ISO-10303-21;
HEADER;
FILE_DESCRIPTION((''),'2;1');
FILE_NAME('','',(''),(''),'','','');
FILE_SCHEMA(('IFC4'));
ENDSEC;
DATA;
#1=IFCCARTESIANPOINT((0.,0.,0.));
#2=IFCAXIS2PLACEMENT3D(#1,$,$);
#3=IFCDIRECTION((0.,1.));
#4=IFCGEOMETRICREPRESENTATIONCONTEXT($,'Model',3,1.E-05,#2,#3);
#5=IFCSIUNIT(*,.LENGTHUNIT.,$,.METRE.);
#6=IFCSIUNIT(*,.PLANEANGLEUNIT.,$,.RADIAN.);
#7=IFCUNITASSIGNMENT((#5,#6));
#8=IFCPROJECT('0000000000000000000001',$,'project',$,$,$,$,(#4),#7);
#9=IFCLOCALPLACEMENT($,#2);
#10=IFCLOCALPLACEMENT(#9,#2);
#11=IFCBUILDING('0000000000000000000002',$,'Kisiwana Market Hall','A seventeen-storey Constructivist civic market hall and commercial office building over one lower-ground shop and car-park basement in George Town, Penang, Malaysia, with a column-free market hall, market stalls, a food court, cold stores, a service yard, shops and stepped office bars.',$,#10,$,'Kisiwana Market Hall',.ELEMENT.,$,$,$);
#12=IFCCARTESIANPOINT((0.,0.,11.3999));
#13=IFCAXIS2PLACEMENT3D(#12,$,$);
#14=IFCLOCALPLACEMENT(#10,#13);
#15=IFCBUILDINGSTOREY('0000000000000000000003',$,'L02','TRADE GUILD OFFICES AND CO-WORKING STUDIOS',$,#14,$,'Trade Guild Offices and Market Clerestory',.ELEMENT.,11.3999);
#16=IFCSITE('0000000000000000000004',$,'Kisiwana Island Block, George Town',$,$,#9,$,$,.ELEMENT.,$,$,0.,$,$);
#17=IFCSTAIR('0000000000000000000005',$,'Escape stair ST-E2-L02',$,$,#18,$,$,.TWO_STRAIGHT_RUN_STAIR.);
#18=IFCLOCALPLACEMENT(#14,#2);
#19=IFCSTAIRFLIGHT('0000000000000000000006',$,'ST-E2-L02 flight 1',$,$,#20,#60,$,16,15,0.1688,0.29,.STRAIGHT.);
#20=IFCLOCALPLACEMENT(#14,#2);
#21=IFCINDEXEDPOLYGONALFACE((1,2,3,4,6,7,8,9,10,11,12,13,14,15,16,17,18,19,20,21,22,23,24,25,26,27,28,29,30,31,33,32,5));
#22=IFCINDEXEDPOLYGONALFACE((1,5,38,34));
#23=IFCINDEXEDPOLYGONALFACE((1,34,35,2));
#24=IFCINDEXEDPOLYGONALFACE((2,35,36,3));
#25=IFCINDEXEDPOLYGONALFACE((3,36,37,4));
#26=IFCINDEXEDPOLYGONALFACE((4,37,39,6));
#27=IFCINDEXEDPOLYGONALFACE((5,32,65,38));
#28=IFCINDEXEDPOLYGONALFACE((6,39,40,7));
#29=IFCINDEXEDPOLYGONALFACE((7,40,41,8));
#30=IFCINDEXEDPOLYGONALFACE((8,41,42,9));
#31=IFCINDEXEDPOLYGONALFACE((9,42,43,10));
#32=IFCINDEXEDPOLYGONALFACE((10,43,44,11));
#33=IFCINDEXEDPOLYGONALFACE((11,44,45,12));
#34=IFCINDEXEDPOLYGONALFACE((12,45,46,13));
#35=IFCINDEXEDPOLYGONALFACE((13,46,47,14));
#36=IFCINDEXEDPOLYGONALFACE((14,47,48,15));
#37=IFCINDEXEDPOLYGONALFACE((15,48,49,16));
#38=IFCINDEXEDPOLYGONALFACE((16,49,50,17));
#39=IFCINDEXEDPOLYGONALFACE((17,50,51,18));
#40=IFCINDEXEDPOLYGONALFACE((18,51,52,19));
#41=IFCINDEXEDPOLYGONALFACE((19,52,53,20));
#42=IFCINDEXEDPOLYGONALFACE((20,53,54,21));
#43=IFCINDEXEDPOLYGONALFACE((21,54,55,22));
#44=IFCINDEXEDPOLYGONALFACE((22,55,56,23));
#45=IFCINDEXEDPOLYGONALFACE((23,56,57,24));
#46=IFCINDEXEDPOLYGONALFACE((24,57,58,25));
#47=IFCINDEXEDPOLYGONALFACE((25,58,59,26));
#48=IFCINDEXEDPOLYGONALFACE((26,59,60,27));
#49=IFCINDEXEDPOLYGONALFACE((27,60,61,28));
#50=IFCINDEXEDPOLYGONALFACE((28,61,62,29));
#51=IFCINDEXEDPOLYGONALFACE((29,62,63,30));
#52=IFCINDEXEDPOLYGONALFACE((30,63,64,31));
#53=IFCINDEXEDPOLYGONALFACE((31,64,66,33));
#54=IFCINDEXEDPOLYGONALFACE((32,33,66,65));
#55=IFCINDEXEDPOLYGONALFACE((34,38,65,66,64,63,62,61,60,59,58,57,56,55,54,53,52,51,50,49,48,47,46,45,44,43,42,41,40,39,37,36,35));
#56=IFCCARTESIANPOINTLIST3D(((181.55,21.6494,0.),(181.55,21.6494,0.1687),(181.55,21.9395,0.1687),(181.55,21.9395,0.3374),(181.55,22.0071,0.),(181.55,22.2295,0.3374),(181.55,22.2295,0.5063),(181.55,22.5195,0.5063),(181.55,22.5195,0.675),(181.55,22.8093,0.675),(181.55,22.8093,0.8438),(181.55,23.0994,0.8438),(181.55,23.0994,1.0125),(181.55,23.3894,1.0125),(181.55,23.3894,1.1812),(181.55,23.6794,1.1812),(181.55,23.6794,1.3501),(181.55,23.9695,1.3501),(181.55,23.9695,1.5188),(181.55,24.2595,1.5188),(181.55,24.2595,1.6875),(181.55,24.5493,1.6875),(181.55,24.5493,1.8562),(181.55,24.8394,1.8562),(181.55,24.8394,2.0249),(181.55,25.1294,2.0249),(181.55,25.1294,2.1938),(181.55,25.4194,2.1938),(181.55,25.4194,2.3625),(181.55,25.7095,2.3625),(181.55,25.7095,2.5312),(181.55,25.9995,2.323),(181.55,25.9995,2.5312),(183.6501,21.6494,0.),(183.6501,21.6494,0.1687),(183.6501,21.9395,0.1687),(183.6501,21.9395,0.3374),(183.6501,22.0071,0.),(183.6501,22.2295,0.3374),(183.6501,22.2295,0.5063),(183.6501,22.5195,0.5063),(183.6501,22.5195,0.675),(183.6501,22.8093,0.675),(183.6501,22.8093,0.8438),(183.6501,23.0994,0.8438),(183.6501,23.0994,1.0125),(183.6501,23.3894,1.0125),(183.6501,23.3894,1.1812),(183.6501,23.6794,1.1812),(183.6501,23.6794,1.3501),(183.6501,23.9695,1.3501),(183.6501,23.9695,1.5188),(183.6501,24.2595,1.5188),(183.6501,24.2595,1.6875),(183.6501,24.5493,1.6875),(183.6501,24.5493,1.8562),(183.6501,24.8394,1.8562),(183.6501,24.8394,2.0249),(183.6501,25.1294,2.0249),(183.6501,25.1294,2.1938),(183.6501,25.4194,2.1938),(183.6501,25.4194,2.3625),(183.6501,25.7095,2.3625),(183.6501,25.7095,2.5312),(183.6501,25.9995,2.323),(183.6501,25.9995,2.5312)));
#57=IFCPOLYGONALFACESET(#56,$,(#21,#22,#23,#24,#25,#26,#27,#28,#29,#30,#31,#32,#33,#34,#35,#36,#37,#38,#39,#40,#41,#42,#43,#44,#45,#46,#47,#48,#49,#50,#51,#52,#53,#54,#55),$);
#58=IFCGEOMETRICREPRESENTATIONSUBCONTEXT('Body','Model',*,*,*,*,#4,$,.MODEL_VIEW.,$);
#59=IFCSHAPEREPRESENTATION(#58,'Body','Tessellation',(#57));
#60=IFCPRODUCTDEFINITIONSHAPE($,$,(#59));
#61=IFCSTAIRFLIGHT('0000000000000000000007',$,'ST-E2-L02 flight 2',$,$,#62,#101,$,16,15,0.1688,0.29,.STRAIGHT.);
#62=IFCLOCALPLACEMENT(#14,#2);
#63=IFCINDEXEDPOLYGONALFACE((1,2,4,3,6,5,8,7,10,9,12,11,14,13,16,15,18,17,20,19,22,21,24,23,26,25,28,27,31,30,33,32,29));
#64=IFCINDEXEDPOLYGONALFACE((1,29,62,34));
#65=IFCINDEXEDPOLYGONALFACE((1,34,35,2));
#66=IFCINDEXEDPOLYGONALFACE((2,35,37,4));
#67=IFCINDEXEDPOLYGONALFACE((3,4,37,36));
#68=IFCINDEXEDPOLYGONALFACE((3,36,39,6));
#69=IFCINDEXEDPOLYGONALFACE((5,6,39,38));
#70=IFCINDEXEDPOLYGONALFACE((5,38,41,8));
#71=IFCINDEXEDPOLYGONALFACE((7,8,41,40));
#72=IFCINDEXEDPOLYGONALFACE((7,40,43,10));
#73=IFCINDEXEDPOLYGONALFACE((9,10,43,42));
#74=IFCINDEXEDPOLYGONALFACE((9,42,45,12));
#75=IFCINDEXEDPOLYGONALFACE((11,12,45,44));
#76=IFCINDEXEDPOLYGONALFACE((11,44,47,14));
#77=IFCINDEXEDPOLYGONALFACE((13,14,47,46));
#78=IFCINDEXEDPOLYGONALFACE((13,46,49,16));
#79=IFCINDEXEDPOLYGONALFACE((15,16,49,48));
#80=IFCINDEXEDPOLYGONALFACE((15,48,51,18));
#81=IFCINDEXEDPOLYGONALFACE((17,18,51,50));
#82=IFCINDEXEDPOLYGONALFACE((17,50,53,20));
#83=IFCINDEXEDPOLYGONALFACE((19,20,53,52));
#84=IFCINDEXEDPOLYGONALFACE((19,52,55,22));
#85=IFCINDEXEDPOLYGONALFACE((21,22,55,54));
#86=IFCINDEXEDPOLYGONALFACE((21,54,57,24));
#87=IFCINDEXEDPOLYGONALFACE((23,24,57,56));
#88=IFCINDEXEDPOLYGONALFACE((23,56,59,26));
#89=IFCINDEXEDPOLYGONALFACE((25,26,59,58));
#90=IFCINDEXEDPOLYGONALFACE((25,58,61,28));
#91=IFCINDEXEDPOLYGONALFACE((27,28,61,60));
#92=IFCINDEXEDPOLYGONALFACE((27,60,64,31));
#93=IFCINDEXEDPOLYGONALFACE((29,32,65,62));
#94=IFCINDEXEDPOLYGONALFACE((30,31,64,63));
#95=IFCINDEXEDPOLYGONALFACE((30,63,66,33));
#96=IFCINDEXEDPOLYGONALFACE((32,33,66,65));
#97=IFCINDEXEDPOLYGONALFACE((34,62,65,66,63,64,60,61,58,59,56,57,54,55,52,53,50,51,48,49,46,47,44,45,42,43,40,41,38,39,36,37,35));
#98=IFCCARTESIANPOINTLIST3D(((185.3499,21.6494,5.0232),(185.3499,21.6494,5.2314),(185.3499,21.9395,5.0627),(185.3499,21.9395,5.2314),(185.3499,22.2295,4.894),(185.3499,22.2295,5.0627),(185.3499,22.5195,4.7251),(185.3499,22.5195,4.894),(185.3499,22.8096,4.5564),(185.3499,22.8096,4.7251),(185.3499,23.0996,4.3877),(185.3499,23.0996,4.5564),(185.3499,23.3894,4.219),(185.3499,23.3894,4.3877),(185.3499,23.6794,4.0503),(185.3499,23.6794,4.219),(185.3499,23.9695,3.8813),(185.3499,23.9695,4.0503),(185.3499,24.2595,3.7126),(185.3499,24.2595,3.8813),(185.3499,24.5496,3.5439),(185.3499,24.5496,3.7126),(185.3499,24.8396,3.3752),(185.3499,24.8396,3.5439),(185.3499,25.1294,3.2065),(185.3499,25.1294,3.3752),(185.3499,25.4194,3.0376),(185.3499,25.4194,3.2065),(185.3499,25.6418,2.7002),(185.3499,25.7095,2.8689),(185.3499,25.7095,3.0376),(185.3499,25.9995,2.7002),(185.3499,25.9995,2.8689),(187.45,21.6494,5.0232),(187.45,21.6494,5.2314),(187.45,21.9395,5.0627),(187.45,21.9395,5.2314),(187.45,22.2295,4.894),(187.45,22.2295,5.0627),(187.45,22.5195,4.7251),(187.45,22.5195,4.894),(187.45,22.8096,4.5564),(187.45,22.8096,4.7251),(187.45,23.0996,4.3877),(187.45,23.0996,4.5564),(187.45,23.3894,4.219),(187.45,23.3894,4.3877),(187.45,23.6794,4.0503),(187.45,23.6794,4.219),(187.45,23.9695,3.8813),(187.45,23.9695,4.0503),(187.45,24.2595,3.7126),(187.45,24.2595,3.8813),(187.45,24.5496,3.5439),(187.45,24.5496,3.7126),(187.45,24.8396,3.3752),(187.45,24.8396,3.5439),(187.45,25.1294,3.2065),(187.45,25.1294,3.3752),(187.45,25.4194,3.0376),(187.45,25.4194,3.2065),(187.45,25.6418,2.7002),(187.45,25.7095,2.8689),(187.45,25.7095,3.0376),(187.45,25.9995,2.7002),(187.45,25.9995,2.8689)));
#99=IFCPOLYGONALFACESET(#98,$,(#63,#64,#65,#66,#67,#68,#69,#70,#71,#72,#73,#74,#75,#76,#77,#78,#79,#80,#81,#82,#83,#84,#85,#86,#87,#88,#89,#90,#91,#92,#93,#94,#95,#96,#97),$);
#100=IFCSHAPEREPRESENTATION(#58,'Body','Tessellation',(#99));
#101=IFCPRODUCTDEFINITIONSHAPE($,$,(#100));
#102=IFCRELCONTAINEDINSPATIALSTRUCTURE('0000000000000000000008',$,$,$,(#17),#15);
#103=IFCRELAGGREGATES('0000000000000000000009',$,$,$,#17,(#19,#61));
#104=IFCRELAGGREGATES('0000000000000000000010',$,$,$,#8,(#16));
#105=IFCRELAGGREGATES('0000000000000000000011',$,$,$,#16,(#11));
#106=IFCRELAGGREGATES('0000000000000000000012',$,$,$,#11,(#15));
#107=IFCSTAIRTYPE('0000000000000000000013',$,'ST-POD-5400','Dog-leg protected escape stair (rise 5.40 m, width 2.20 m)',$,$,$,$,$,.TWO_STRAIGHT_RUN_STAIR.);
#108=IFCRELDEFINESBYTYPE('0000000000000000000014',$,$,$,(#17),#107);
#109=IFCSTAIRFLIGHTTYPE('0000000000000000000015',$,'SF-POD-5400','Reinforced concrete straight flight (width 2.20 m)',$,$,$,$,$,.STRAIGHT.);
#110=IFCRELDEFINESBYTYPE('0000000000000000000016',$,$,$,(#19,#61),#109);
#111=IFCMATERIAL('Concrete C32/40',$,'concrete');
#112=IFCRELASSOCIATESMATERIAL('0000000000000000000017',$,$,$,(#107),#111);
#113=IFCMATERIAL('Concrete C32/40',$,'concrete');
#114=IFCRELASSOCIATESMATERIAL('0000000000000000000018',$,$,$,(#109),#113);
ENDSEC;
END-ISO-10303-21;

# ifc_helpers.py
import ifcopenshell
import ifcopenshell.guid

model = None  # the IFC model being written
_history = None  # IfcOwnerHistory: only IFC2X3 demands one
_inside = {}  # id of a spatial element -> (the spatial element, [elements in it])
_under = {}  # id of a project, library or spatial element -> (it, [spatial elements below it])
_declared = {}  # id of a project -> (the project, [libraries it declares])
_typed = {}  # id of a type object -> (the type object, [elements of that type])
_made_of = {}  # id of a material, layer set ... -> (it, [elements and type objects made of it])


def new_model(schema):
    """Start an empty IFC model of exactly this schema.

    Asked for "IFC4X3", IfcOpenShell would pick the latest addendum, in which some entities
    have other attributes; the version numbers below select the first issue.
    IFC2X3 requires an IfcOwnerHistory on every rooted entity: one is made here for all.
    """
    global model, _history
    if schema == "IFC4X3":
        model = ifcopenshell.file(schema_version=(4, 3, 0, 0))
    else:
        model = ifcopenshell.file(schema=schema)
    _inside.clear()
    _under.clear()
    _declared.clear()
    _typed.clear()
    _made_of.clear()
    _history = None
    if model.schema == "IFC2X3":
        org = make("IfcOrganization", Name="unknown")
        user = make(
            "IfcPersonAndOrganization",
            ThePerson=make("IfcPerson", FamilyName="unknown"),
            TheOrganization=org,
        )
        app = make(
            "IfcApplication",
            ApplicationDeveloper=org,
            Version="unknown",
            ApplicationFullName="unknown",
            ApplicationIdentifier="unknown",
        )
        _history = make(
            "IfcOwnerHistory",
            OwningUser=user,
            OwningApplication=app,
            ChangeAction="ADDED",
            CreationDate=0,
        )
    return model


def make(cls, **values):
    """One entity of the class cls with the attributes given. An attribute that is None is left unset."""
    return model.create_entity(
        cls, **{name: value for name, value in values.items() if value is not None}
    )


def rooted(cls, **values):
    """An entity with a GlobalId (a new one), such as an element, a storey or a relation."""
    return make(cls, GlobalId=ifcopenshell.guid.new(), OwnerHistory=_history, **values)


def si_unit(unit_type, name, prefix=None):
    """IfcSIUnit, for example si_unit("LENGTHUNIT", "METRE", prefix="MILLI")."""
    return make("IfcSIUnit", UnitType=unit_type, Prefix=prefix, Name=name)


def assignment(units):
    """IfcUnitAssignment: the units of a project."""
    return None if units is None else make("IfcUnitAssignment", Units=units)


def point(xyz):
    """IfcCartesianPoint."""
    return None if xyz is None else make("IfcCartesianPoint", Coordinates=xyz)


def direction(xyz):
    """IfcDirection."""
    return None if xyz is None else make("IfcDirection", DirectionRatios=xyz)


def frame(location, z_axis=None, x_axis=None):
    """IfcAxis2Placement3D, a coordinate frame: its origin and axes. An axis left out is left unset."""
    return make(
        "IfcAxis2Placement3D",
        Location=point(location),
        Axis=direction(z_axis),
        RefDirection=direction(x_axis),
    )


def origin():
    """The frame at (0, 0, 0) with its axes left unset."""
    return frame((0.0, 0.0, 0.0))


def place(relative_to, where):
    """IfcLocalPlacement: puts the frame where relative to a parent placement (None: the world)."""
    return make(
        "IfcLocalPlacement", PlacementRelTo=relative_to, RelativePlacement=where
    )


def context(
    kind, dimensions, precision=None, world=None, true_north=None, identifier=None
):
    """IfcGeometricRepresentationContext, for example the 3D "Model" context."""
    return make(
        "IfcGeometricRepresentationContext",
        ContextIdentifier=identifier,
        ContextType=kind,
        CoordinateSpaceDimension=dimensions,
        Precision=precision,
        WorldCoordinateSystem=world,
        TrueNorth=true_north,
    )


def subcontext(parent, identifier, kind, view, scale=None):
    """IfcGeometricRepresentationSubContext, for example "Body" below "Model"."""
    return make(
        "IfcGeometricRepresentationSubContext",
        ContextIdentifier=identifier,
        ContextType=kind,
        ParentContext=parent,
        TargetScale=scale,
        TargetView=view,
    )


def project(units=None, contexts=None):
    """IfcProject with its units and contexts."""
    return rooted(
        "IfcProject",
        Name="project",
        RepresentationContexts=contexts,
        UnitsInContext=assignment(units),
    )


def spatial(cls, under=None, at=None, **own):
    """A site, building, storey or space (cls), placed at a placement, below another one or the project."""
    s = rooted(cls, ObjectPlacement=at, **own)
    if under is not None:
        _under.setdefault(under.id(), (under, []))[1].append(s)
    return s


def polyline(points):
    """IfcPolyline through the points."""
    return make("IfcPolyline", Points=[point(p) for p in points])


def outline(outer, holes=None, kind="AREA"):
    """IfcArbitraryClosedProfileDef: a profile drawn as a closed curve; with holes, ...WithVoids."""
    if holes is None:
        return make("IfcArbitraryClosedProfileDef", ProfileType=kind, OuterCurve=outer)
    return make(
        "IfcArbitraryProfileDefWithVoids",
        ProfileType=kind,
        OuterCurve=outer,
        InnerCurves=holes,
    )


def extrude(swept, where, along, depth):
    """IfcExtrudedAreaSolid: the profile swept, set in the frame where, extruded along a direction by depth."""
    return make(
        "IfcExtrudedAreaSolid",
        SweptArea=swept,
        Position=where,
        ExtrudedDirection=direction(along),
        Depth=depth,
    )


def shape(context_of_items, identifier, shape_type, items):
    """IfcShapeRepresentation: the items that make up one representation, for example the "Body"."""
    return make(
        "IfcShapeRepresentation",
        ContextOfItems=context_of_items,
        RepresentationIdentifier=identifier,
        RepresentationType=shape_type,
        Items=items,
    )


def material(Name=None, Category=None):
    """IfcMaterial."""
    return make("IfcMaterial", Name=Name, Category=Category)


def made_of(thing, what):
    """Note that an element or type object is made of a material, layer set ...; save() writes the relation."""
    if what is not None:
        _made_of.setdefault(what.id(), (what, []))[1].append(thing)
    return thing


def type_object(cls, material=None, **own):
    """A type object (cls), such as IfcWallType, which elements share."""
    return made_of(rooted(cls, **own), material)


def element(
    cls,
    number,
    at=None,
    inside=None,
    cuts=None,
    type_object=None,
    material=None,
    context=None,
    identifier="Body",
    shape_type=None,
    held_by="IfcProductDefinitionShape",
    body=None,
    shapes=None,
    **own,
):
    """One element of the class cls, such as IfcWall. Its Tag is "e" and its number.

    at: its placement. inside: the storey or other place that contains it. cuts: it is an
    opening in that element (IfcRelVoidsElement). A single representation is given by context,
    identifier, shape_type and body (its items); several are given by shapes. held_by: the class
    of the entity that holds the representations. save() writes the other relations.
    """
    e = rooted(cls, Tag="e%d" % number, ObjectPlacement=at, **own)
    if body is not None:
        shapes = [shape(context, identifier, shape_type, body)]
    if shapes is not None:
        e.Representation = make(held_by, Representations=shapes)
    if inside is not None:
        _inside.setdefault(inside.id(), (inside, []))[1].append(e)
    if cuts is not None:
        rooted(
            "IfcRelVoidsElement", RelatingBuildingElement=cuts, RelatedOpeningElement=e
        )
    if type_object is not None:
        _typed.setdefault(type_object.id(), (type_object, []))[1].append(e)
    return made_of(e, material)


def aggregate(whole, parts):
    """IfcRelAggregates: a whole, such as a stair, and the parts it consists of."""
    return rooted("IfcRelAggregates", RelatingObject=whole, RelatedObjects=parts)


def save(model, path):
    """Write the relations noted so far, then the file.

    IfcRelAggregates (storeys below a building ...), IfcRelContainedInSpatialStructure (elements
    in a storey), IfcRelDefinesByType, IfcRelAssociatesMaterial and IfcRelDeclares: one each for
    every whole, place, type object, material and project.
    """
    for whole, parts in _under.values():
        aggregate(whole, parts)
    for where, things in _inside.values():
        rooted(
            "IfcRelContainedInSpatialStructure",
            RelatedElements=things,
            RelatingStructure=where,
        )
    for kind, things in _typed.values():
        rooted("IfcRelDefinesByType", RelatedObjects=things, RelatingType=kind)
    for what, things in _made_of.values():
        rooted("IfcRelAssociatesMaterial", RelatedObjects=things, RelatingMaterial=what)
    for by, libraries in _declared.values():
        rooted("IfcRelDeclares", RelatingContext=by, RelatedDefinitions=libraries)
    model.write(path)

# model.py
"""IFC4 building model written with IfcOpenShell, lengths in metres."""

from ifc_helpers import new_model, si_unit, direction, frame, origin, place, context, subcontext, project, spatial, polyline, outline, extrude, material, type_object, element, aggregate, save


model = new_model("IFC4")

# Units and contexts
model_context = context("Model", 3, precision=1e-05, world=origin(), true_north=direction((0.0, 1.0)))
body_context = subcontext(model_context, "Body", "Model", "MODEL_VIEW")
ifc_project = project(units=[si_unit("LENGTHUNIT", "METRE"), si_unit("PLANEANGLEUNIT", "RADIAN")], contexts=[model_context])

# Site, building, storey
site_placement = place(None, origin())
site = spatial("IfcSite", under=ifc_project, at=site_placement, Name="Kisiwana Island Block, George Town", CompositionType="ELEMENT", RefElevation=0.0)
building_placement = place(site_placement, origin())
building = spatial("IfcBuilding", under=site, at=building_placement, Name="Kisiwana Market Hall", Description="A seventeen-storey Constructivist civic market hall and commercial office building over one lower-ground shop and car-park basement in George Town, Penang, Malaysia, with a column-free market hall, market stalls, a food court, cold stores, a service yard, shops and stepped office bars.", LongName="Kisiwana Market Hall", CompositionType="ELEMENT")
storey_placement = place(building_placement, frame((0.0, 0.0, 11.3999)))
storey = spatial("IfcBuildingStorey", under=building, at=storey_placement, Name="L02", Description="TRADE GUILD OFFICES AND CO-WORKING STUDIOS", LongName="Trade Guild Offices and Market Clerestory", CompositionType="ELEMENT", Elevation=11.3999)

# Stair, stair flights
ifc_material_1 = material(Name="Concrete C32/40", Category="concrete")
stair_type = type_object("IfcStairType", Name="ST-POD-5400", Description="Dog-leg protected escape stair (rise 5.40 m, width 2.20 m)", PredefinedType="TWO_STRAIGHT_RUN_STAIR", material=ifc_material_1)
stair_placement = place(storey_placement, origin())
stair = element("IfcStair", 1, at=stair_placement, inside=storey, type_object=stair_type, Name="Escape stair ST-E2-L02", PredefinedType="TWO_STRAIGHT_RUN_STAIR")
ifc_material_2 = material(Name="Concrete C32/40", Category="concrete")
stair_flight_type = type_object("IfcStairFlightType", Name="SF-POD-5400", Description="Reinforced concrete straight flight (width 2.20 m)", PredefinedType="STRAIGHT", material=ifc_material_2)
stair_flight_1_placement = place(storey_placement, frame((182.6001, 21.6494, 0.0), z_axis=(0.0, 0.0, 1.0), x_axis=(0.0, 1.0, 0.0)))
stair_flight_1 = element("IfcStairFlight", 2, at=stair_flight_1_placement, type_object=stair_flight_type, Name="ST-E2-L02 flight 1", NumberOfRisers=16, NumberOfTreads=15, PredefinedType="STRAIGHT", RiserHeight=0.1688, TreadLength=0.29, context=body_context, shape_type="SweptSolid", body=[
    extrude(outline(polyline([(0.0, 0.0), (0.0, 0.1687), (0.29, 0.1687), (0.29, 0.3374), (0.5801, 0.3374), (0.5801, 0.5063), (0.8701, 0.5063), (0.8701, 0.675), (1.1599, 0.675), (1.1599, 0.8438), (1.45, 0.8438), (1.45, 1.0125), (1.74, 1.0125), (1.74, 1.1812), (2.03, 1.1812), (2.03, 1.3501), (2.3201, 1.3501), (2.3201, 1.5188), (2.6101, 1.5188), (2.6101, 1.6875), (2.8999, 1.6875), (2.8999, 1.8562), (3.1899, 1.8562), (3.1899, 2.0249), (3.48, 2.0249), (3.48, 2.1938), (3.77, 2.1938), (3.77, 2.3625), (4.0601, 2.3625), (4.0601, 2.5312), (4.3501, 2.5312), (4.3501, 2.7), (4.3501, 2.323), (0.3577, 0.0), (0.0, 0.0)])), frame((0.0, 1.05, 0.0), z_axis=(0.0, -1.0, 0.0), x_axis=(1.0, 0.0, 0.0)), (0.0, 0.0, 1.0), 2.1001),
])
stair_flight_2_placement = place(storey_placement, frame((186.3999, 25.9995, 2.7002), z_axis=(0.0, 0.0, 1.0), x_axis=(0.0, -1.0, 0.0)))
stair_flight_2 = element("IfcStairFlight", 3, at=stair_flight_2_placement, type_object=stair_flight_type, Name="ST-E2-L02 flight 2", NumberOfRisers=16, NumberOfTreads=15, PredefinedType="STRAIGHT", RiserHeight=0.1688, TreadLength=0.29, context=body_context, shape_type="SweptSolid", body=[
    extrude(outline(polyline([(0.0, 0.0), (0.0, 0.1687), (0.29, 0.1687), (0.29, 0.3374), (0.5801, 0.3374), (0.5801, 0.5063), (0.8701, 0.5063), (0.8701, 0.675), (1.1599, 0.675), (1.1599, 0.8438), (1.45, 0.8438), (1.45, 1.0125), (1.74, 1.0125), (1.74, 1.1812), (2.03, 1.1812), (2.03, 1.3501), (2.3201, 1.3501), (2.3201, 1.5188), (2.6101, 1.5188), (2.6101, 1.6875), (2.8999, 1.6875), (2.8999, 1.8562), (3.1899, 1.8562), (3.1899, 2.0249), (3.48, 2.0249), (3.48, 2.1938), (3.77, 2.1938), (3.77, 2.3625), (4.0601, 2.3625), (4.0601, 2.5312), (4.3501, 2.5312), (4.3501, 2.7), (4.3501, 2.323), (0.3577, 0.0), (0.0, 0.0)])), frame((0.0, 1.05, 0.0), z_axis=(0.0, -1.0, 0.0), x_axis=(1.0, 0.0, 0.0)), (0.0, 0.0, 1.0), 2.1001),
])
aggregate(stair, [stair_flight_1, stair_flight_2])

save(model, "model.ifc")
